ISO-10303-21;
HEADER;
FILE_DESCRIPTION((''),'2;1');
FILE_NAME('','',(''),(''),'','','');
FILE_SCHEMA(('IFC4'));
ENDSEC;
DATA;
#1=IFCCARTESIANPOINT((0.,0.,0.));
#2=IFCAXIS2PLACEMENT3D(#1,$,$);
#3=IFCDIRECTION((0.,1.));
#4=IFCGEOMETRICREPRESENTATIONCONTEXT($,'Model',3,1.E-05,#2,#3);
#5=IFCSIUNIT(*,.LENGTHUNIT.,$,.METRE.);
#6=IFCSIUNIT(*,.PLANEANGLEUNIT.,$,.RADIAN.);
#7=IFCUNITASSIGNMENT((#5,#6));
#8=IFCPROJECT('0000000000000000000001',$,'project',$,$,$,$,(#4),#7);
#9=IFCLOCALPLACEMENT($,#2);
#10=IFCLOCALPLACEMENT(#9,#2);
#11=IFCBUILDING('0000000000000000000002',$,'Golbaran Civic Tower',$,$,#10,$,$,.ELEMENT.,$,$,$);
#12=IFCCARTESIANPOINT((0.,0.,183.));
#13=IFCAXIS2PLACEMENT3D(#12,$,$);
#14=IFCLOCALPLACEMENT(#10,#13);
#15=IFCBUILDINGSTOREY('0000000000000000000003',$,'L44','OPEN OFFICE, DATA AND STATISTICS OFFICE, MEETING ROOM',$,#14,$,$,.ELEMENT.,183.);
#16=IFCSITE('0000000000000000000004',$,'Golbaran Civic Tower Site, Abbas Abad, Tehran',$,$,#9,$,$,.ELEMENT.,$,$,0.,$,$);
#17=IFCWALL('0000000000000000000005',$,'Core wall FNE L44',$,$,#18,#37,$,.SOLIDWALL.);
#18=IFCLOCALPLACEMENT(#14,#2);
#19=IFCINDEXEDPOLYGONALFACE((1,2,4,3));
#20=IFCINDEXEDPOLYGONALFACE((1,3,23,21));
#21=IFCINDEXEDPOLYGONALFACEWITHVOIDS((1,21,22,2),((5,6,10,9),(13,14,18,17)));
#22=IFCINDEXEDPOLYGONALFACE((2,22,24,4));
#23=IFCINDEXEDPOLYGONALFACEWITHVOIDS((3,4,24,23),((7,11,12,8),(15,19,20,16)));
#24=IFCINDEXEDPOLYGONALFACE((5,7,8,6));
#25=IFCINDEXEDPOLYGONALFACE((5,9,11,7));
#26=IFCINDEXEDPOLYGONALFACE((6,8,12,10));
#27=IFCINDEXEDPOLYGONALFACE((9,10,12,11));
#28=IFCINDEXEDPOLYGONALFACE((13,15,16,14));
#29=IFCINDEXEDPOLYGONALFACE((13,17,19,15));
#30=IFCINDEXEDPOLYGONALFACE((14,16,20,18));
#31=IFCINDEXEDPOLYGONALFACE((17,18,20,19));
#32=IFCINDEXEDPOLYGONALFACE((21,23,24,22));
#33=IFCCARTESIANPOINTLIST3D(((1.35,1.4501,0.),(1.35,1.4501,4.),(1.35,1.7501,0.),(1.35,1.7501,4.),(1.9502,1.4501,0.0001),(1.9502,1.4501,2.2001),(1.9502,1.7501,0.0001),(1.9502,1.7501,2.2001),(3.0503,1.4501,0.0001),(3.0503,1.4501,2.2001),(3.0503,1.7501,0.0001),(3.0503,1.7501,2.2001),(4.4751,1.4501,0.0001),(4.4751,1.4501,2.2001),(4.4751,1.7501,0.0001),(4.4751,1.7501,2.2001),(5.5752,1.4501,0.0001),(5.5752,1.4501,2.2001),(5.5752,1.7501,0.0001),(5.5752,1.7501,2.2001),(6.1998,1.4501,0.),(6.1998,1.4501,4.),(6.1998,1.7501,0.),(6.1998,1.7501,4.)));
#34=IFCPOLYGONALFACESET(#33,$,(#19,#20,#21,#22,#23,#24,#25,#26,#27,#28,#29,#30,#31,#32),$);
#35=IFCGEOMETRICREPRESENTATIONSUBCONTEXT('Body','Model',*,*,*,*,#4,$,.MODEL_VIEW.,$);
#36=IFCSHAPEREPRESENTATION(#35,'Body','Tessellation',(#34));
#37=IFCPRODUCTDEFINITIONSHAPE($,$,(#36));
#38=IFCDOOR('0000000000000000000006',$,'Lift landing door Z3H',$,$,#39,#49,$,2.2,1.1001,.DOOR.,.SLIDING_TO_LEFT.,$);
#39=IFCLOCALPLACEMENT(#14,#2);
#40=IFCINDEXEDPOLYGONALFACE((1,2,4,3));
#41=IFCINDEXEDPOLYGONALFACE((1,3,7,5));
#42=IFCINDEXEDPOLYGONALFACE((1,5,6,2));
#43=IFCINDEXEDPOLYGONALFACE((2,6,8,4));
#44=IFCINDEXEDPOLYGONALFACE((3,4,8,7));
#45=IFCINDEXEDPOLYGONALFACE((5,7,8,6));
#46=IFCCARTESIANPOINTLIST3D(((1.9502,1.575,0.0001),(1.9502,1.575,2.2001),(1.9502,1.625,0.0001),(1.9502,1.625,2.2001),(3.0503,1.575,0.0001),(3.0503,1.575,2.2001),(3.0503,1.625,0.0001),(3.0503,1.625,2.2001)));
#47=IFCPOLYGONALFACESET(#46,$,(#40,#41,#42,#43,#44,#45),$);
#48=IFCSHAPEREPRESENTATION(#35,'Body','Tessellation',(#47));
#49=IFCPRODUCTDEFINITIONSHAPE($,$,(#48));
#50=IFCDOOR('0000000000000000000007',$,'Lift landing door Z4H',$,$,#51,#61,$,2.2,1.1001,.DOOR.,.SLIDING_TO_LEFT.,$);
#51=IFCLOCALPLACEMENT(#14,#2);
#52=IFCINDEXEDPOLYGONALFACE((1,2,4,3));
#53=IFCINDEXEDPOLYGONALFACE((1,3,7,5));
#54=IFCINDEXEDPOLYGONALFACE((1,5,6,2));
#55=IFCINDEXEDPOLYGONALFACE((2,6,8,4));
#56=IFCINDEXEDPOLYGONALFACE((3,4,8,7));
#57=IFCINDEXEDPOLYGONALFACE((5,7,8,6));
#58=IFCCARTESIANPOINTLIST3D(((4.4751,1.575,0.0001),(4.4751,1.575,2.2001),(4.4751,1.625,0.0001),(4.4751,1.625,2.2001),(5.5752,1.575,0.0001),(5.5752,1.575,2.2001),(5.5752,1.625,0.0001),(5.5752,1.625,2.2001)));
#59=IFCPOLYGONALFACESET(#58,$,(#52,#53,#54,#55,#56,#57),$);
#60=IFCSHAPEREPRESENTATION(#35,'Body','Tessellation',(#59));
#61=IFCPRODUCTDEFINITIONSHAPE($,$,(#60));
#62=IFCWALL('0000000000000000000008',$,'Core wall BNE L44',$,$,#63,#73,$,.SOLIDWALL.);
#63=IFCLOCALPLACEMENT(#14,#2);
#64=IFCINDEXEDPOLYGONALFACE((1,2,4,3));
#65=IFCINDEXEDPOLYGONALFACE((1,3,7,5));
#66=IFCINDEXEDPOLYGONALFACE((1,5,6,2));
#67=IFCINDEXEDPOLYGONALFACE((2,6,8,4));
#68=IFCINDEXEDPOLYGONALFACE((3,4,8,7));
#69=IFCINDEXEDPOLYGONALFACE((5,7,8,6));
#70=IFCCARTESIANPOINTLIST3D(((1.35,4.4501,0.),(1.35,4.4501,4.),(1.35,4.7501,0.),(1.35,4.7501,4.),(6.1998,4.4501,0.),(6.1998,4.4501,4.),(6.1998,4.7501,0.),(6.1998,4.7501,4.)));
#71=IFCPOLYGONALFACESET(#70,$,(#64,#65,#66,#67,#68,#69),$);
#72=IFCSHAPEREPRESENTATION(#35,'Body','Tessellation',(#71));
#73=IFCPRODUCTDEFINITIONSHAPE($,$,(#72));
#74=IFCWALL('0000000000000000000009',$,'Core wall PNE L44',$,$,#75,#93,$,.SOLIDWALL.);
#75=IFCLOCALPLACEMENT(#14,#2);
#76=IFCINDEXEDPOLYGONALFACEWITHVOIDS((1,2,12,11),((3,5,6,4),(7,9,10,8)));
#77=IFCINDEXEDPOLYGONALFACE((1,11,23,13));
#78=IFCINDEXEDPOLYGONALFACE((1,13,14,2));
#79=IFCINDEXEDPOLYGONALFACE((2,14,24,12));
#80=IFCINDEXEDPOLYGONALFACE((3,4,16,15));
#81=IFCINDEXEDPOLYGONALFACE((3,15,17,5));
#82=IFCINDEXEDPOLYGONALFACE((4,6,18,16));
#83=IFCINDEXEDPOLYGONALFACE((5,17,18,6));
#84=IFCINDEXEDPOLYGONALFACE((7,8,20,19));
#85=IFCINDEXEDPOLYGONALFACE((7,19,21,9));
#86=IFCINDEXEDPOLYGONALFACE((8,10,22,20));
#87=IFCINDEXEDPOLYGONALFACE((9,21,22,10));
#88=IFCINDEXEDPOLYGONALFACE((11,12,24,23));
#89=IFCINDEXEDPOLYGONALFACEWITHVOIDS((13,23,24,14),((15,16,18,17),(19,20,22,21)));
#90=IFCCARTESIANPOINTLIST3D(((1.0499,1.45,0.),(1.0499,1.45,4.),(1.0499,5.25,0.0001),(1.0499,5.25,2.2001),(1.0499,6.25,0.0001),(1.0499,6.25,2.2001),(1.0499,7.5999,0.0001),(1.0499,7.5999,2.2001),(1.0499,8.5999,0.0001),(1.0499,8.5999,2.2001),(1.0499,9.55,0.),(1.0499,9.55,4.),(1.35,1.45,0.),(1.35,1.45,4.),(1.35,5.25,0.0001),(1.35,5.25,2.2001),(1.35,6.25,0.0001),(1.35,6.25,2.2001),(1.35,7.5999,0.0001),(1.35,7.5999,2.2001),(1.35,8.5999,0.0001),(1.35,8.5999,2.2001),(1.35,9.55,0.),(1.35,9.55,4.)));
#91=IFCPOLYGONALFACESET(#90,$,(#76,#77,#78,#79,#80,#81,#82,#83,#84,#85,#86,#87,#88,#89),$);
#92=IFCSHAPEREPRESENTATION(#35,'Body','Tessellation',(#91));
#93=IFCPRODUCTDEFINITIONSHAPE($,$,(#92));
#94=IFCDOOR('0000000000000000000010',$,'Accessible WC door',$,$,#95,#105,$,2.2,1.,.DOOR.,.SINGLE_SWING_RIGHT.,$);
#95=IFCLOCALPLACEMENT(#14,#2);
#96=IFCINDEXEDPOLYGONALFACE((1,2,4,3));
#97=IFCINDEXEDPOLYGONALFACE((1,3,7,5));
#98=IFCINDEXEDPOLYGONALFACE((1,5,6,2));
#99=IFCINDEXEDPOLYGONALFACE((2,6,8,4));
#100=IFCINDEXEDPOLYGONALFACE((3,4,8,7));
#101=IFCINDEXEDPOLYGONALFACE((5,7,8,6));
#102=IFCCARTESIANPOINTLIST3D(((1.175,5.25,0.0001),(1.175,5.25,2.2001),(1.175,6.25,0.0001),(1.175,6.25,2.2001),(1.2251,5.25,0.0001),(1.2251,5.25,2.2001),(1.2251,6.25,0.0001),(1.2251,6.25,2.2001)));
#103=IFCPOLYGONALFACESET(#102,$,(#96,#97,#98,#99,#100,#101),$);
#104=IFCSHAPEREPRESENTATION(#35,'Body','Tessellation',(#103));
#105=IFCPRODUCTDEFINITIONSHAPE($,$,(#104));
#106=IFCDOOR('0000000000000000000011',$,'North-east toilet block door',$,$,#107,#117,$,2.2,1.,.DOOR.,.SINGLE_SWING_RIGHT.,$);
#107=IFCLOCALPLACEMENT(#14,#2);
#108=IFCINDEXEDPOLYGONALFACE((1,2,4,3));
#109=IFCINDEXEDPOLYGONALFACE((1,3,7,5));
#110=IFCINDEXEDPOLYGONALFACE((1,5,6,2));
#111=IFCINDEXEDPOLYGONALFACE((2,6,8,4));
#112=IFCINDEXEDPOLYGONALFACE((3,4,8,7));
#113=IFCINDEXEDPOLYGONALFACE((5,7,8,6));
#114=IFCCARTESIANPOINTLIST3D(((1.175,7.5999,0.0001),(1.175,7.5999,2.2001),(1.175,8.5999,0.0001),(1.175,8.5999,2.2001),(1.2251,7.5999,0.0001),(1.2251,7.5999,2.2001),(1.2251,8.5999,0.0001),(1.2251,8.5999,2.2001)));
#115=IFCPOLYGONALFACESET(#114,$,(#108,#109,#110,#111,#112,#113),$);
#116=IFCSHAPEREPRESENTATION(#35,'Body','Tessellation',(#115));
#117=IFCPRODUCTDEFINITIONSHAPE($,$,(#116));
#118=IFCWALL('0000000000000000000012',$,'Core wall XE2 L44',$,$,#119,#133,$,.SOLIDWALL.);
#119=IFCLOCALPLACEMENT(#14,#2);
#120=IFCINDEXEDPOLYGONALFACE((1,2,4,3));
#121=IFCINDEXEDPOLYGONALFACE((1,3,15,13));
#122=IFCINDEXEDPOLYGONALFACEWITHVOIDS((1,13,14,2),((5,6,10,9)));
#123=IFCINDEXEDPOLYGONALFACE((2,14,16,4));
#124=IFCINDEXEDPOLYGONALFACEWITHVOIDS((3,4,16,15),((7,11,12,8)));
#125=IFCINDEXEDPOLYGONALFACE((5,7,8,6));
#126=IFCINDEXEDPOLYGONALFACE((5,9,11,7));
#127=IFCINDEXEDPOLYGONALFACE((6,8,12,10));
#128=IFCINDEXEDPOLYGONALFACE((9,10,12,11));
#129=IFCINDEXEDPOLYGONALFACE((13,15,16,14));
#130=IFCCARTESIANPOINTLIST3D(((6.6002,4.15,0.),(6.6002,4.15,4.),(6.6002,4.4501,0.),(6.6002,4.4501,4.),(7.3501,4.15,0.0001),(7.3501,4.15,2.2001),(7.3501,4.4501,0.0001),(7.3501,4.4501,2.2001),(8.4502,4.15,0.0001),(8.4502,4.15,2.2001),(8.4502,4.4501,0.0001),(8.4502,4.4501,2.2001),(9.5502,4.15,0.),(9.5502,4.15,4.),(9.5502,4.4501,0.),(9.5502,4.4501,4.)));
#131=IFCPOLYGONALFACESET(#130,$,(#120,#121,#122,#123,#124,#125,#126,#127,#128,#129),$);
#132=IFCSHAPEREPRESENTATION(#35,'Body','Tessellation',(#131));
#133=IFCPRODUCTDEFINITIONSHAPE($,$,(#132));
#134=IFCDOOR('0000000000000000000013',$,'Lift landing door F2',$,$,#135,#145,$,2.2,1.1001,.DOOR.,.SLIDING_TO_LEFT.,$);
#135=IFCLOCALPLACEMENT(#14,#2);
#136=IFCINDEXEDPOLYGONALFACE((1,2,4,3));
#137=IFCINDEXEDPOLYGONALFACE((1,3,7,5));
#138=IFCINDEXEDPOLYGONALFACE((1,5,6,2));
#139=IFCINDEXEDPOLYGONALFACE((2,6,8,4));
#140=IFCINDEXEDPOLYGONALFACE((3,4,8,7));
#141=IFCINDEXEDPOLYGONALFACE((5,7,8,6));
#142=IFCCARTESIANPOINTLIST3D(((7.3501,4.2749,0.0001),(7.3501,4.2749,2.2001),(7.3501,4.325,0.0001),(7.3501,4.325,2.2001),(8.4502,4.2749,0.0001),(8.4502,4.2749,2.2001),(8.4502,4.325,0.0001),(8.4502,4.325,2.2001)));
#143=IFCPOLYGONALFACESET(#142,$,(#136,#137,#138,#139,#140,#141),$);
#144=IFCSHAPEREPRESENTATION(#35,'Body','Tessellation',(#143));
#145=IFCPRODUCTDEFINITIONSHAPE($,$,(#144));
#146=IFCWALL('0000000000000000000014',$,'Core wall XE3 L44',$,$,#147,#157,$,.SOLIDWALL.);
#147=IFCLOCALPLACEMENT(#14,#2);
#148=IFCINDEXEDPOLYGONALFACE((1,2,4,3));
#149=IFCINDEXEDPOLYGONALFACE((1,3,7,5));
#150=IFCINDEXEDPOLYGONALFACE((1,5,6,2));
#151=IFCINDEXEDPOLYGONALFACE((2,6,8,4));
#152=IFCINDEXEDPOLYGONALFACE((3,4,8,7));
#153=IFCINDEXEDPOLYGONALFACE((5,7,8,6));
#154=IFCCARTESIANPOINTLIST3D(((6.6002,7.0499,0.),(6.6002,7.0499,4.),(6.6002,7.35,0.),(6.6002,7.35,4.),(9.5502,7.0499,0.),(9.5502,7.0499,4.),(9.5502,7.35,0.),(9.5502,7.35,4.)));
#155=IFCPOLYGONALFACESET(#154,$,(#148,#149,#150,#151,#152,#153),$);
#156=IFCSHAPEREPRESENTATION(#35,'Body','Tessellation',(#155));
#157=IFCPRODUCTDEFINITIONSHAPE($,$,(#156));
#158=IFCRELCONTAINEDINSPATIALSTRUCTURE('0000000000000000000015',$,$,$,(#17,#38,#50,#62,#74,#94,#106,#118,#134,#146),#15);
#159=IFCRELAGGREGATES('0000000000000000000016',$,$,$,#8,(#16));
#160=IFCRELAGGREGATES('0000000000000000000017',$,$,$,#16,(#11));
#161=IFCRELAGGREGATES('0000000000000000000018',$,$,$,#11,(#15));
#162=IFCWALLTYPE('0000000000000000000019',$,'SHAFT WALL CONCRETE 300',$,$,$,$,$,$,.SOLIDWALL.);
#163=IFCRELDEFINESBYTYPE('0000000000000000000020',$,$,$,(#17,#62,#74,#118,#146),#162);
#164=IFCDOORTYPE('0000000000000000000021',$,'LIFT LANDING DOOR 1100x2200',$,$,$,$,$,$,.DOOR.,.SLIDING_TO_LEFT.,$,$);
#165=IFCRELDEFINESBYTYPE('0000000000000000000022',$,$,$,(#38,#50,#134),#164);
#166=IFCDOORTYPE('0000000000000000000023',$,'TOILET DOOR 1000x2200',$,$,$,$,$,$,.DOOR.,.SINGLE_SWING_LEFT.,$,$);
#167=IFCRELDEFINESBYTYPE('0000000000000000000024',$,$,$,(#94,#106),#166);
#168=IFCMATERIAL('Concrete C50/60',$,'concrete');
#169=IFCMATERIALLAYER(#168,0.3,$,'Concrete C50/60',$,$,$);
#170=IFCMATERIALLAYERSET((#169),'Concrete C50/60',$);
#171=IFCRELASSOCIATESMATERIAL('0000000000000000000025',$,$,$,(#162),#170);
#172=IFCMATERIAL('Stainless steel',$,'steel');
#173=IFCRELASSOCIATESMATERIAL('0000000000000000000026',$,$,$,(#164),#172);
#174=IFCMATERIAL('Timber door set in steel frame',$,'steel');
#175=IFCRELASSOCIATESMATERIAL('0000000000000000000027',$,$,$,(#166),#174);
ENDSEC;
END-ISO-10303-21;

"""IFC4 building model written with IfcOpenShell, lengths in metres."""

from ifc_helpers import new_model, si_unit, direction, frame, frame_2d, origin, place, context, subcontext, project, spatial, rectangle, extrude, material, layer, layer_set, type_object, element, fill, save


model = new_model("IFC4")

# Units and contexts
model_context = context("Model", 3, precision=1e-05, world=origin(), true_north=direction((0.0, 1.0)))
body_context = subcontext(model_context, "Body", "Model", "MODEL_VIEW")
ifc_project = project(units=[si_unit("LENGTHUNIT", "METRE"), si_unit("PLANEANGLEUNIT", "RADIAN")], contexts=[model_context])

# Site, building, storey
site_placement = place(None, origin())
site = spatial("IfcSite", under=ifc_project, at=site_placement, Name="Golbaran Civic Tower Site, Abbas Abad, Tehran", CompositionType="ELEMENT", RefElevation=0.0)
building_placement = place(site_placement, origin())
building = spatial("IfcBuilding", under=site, at=building_placement, Name="Golbaran Civic Tower", CompositionType="ELEMENT")
storey_placement = place(building_placement, frame((0.0, 0.0, 183.0)))
storey = spatial("IfcBuildingStorey", under=building, at=storey_placement, Name="L44", Description="OPEN OFFICE, DATA AND STATISTICS OFFICE, MEETING ROOM", CompositionType="ELEMENT", Elevation=183.0)

# Shared definitions
ifc_material_1 = material(Name="Concrete C50/60", Category="concrete")
ifc_material_2 = material(Name="Timber door set in steel frame", Category="steel")

# Wall, openings, doors
ifc_layer_1 = layer(ifc_material_1, 0.3, Name="Concrete C50/60")
ifc_layer_set_1 = layer_set([ifc_layer_1], Name="Concrete C50/60")
wall_type_1 = type_object("IfcWallType", Name="SHAFT WALL CONCRETE 300", PredefinedType="SOLIDWALL", material=ifc_layer_set_1)
wall_1_placement = place(storey_placement, frame((1.3501, 1.6001, 0.0), z_axis=(0.0, 0.0, 1.0), x_axis=(1.0, 0.0, 0.0)))
wall_1 = element("IfcWall", 1, at=wall_1_placement, inside=storey, type_object=wall_type_1, Name="Core wall FNE L44", PredefinedType="SOLIDWALL", context=body_context, shape_type="SweptSolid", body=[
    extrude(rectangle(XDim=4.8499, YDim=0.3, at=frame_2d((2.4248, 0.0))), origin(), (0.0, 0.0, 1.0), 4.0),
])
opening_1_placement = place(wall_1_placement, frame((0.6001, 0.0, 0.0)))
opening_1 = element("IfcOpeningElement", 2, at=opening_1_placement, cuts=wall_1, PredefinedType="OPENING", context=body_context, shape_type="SweptSolid", body=[
    extrude(rectangle(XDim=1.1001, YDim=2.2, at=frame_2d((0.55, 1.1001))), frame((0.0, 0.1599, 0.0), z_axis=(0.0, -1.0, 0.0), x_axis=(1.0, 0.0, 0.0)), (0.0, 0.0, 1.0), 0.3201),
])
opening_2_placement = place(wall_1_placement, frame((3.125, 0.0, 0.0)))
opening_2 = element("IfcOpeningElement", 3, at=opening_2_placement, cuts=wall_1, PredefinedType="OPENING", context=body_context, shape_type="SweptSolid", body=[
    extrude(rectangle(XDim=1.1001, YDim=2.2, at=frame_2d((0.55, 1.1001))), frame((0.0, 0.1599, 0.0), z_axis=(0.0, -1.0, 0.0), x_axis=(1.0, 0.0, 0.0)), (0.0, 0.0, 1.0), 0.3201),
])
ifc_material_3 = material(Name="Stainless steel", Category="steel")
door_type_1 = type_object("IfcDoorType", Name="LIFT LANDING DOOR 1100x2200", OperationType="SLIDING_TO_LEFT", PredefinedType="DOOR", material=ifc_material_3)
door_1_placement = place(opening_1_placement, origin())
door_1 = element("IfcDoor", 4, at=door_1_placement, inside=storey, type_object=door_type_1, Name="Lift landing door Z3H", OperationType="SLIDING_TO_LEFT", OverallHeight=2.2, OverallWidth=1.1001, PredefinedType="DOOR", context=body_context, shape_type="SweptSolid", body=[
    extrude(rectangle(XDim=1.1001, YDim=2.2, at=frame_2d((0.55, 1.1001))), frame((0.0, 0.0249, 0.0), z_axis=(0.0, -1.0, 0.0), x_axis=(1.0, 0.0, 0.0)), (0.0, 0.0, 1.0), 0.05),
])
fill(opening_1, door_1)
door_2_placement = place(opening_2_placement, origin())
door_2 = element("IfcDoor", 5, at=door_2_placement, inside=storey, type_object=door_type_1, Name="Lift landing door Z4H", OperationType="SLIDING_TO_LEFT", OverallHeight=2.2, OverallWidth=1.1001, PredefinedType="DOOR", context=body_context, shape_type="SweptSolid", body=[
    extrude(rectangle(XDim=1.1001, YDim=2.2, at=frame_2d((0.55, 1.1001))), frame((0.0, 0.0249, 0.0), z_axis=(0.0, -1.0, 0.0), x_axis=(1.0, 0.0, 0.0)), (0.0, 0.0, 1.0), 0.05),
])
fill(opening_2, door_2)

# Wall
wall_2_placement = place(storey_placement, frame((1.3501, 4.6001, 0.0), z_axis=(0.0, 0.0, 1.0), x_axis=(1.0, 0.0, 0.0)))
element("IfcWall", 6, at=wall_2_placement, inside=storey, type_object=wall_type_1, Name="Core wall BNE L44", PredefinedType="SOLIDWALL", context=body_context, shape_type="SweptSolid", body=[
    extrude(rectangle(XDim=4.8499, YDim=0.3, at=frame_2d((2.4248, 0.0))), origin(), (0.0, 0.0, 1.0), 4.0),
])

# Wall, openings, doors
wall_3_placement = place(storey_placement, frame((1.2, 1.45, 0.0), z_axis=(0.0, 0.0, 1.0), x_axis=(0.0, 1.0, 0.0)))
wall_3 = element("IfcWall", 7, at=wall_3_placement, inside=storey, type_object=wall_type_1, Name="Core wall PNE L44", PredefinedType="SOLIDWALL", context=body_context, shape_type="SweptSolid", body=[
    extrude(rectangle(XDim=8.1001, YDim=0.3, at=frame_2d((4.05, 0.0))), origin(), (0.0, 0.0, 1.0), 4.0),
])
opening_3_placement = place(wall_3_placement, frame((3.8, 0.0, 0.0)))
opening_3 = element("IfcOpeningElement", 8, at=opening_3_placement, cuts=wall_3, PredefinedType="OPENING", context=body_context, shape_type="SweptSolid", body=[
    extrude(rectangle(XDim=1.0, YDim=2.2, at=frame_2d((0.5, 1.1001))), frame((0.0, 0.1599, 0.0), z_axis=(0.0, -1.0, 0.0), x_axis=(1.0, 0.0, 0.0)), (0.0, 0.0, 1.0), 0.3201),
])
opening_4_placement = place(wall_3_placement, frame((6.1499, 0.0, 0.0)))
opening_4 = element("IfcOpeningElement", 9, at=opening_4_placement, cuts=wall_3, PredefinedType="OPENING", context=body_context, shape_type="SweptSolid", body=[
    extrude(rectangle(XDim=1.0, YDim=2.2, at=frame_2d((0.5, 1.1001))), frame((0.0, 0.1599, 0.0), z_axis=(0.0, -1.0, 0.0), x_axis=(1.0, 0.0, 0.0)), (0.0, 0.0, 1.0), 0.3201),
])
door_type_2 = type_object("IfcDoorType", Name="TOILET DOOR 1000x2200", OperationType="SINGLE_SWING_LEFT", PredefinedType="DOOR", material=ifc_material_2)
door_3_placement = place(opening_3_placement, origin())
door_3 = element("IfcDoor", 10, at=door_3_placement, inside=storey, type_object=door_type_2, Name="Accessible WC door", OperationType="SINGLE_SWING_RIGHT", OverallHeight=2.2, OverallWidth=1.0, PredefinedType="DOOR", context=body_context, shape_type="SweptSolid", body=[
    extrude(rectangle(XDim=1.0, YDim=2.2, at=frame_2d((0.5, 1.1001))), frame((0.0, 0.0249, 0.0), z_axis=(0.0, -1.0, 0.0), x_axis=(1.0, 0.0, 0.0)), (0.0, 0.0, 1.0), 0.05),
])
fill(opening_3, door_3)
door_4_placement = place(opening_4_placement, origin())
door_4 = element("IfcDoor", 11, at=door_4_placement, inside=storey, type_object=door_type_2, Name="North-east toilet block door", OperationType="SINGLE_SWING_RIGHT", OverallHeight=2.2, OverallWidth=1.0, PredefinedType="DOOR", context=body_context, shape_type="SweptSolid", body=[
    extrude(rectangle(XDim=1.0, YDim=2.2, at=frame_2d((0.5, 1.1001))), frame((0.0, 0.0249, 0.0), z_axis=(0.0, -1.0, 0.0), x_axis=(1.0, 0.0, 0.0)), (0.0, 0.0, 1.0), 0.05),
])
fill(opening_4, door_4)

# Wall, opening, door
wall_4_placement = place(storey_placement, frame((6.6001, 4.3, 0.0), z_axis=(0.0, 0.0, 1.0), x_axis=(1.0, 0.0, 0.0)))
wall_4 = element("IfcWall", 12, at=wall_4_placement, inside=storey, type_object=wall_type_1, Name="Core wall XE2 L44", PredefinedType="SOLIDWALL", context=body_context, shape_type="SweptSolid", body=[
    extrude(rectangle(XDim=2.95, YDim=0.3, at=frame_2d((1.4751, 0.0))), origin(), (0.0, 0.0, 1.0), 4.0),
])
opening_5_placement = place(wall_4_placement, frame((0.75, 0.0, 0.0)))
opening_5 = element("IfcOpeningElement", 13, at=opening_5_placement, cuts=wall_4, PredefinedType="OPENING", context=body_context, shape_type="SweptSolid", body=[
    extrude(rectangle(XDim=1.1001, YDim=2.2, at=frame_2d((0.55, 1.1001))), frame((0.0, 0.1599, 0.0), z_axis=(0.0, -1.0, 0.0), x_axis=(1.0, 0.0, 0.0)), (0.0, 0.0, 1.0), 0.3201),
])
door_5_placement = place(opening_5_placement, origin())
door_5 = element("IfcDoor", 14, at=door_5_placement, inside=storey, type_object=door_type_1, Name="Lift landing door F2", OperationType="SLIDING_TO_LEFT", OverallHeight=2.2, OverallWidth=1.1001, PredefinedType="DOOR", context=body_context, shape_type="SweptSolid", body=[
    extrude(rectangle(XDim=1.1001, YDim=2.2, at=frame_2d((0.55, 1.1001))), frame((0.0, 0.0249, 0.0), z_axis=(0.0, -1.0, 0.0), x_axis=(1.0, 0.0, 0.0)), (0.0, 0.0, 1.0), 0.05),
])
fill(opening_5, door_5)

# Wall
wall_5_placement = place(storey_placement, frame((6.6001, 7.2, 0.0), z_axis=(0.0, 0.0, 1.0), x_axis=(1.0, 0.0, 0.0)))
element("IfcWall", 15, at=wall_5_placement, inside=storey, type_object=wall_type_1, Name="Core wall XE3 L44", PredefinedType="SOLIDWALL", context=body_context, shape_type="SweptSolid", body=[
    extrude(rectangle(XDim=2.95, YDim=0.3, at=frame_2d((1.4751, 0.0))), origin(), (0.0, 0.0, 1.0), 4.0),
])

save(model, "model.ifc")
